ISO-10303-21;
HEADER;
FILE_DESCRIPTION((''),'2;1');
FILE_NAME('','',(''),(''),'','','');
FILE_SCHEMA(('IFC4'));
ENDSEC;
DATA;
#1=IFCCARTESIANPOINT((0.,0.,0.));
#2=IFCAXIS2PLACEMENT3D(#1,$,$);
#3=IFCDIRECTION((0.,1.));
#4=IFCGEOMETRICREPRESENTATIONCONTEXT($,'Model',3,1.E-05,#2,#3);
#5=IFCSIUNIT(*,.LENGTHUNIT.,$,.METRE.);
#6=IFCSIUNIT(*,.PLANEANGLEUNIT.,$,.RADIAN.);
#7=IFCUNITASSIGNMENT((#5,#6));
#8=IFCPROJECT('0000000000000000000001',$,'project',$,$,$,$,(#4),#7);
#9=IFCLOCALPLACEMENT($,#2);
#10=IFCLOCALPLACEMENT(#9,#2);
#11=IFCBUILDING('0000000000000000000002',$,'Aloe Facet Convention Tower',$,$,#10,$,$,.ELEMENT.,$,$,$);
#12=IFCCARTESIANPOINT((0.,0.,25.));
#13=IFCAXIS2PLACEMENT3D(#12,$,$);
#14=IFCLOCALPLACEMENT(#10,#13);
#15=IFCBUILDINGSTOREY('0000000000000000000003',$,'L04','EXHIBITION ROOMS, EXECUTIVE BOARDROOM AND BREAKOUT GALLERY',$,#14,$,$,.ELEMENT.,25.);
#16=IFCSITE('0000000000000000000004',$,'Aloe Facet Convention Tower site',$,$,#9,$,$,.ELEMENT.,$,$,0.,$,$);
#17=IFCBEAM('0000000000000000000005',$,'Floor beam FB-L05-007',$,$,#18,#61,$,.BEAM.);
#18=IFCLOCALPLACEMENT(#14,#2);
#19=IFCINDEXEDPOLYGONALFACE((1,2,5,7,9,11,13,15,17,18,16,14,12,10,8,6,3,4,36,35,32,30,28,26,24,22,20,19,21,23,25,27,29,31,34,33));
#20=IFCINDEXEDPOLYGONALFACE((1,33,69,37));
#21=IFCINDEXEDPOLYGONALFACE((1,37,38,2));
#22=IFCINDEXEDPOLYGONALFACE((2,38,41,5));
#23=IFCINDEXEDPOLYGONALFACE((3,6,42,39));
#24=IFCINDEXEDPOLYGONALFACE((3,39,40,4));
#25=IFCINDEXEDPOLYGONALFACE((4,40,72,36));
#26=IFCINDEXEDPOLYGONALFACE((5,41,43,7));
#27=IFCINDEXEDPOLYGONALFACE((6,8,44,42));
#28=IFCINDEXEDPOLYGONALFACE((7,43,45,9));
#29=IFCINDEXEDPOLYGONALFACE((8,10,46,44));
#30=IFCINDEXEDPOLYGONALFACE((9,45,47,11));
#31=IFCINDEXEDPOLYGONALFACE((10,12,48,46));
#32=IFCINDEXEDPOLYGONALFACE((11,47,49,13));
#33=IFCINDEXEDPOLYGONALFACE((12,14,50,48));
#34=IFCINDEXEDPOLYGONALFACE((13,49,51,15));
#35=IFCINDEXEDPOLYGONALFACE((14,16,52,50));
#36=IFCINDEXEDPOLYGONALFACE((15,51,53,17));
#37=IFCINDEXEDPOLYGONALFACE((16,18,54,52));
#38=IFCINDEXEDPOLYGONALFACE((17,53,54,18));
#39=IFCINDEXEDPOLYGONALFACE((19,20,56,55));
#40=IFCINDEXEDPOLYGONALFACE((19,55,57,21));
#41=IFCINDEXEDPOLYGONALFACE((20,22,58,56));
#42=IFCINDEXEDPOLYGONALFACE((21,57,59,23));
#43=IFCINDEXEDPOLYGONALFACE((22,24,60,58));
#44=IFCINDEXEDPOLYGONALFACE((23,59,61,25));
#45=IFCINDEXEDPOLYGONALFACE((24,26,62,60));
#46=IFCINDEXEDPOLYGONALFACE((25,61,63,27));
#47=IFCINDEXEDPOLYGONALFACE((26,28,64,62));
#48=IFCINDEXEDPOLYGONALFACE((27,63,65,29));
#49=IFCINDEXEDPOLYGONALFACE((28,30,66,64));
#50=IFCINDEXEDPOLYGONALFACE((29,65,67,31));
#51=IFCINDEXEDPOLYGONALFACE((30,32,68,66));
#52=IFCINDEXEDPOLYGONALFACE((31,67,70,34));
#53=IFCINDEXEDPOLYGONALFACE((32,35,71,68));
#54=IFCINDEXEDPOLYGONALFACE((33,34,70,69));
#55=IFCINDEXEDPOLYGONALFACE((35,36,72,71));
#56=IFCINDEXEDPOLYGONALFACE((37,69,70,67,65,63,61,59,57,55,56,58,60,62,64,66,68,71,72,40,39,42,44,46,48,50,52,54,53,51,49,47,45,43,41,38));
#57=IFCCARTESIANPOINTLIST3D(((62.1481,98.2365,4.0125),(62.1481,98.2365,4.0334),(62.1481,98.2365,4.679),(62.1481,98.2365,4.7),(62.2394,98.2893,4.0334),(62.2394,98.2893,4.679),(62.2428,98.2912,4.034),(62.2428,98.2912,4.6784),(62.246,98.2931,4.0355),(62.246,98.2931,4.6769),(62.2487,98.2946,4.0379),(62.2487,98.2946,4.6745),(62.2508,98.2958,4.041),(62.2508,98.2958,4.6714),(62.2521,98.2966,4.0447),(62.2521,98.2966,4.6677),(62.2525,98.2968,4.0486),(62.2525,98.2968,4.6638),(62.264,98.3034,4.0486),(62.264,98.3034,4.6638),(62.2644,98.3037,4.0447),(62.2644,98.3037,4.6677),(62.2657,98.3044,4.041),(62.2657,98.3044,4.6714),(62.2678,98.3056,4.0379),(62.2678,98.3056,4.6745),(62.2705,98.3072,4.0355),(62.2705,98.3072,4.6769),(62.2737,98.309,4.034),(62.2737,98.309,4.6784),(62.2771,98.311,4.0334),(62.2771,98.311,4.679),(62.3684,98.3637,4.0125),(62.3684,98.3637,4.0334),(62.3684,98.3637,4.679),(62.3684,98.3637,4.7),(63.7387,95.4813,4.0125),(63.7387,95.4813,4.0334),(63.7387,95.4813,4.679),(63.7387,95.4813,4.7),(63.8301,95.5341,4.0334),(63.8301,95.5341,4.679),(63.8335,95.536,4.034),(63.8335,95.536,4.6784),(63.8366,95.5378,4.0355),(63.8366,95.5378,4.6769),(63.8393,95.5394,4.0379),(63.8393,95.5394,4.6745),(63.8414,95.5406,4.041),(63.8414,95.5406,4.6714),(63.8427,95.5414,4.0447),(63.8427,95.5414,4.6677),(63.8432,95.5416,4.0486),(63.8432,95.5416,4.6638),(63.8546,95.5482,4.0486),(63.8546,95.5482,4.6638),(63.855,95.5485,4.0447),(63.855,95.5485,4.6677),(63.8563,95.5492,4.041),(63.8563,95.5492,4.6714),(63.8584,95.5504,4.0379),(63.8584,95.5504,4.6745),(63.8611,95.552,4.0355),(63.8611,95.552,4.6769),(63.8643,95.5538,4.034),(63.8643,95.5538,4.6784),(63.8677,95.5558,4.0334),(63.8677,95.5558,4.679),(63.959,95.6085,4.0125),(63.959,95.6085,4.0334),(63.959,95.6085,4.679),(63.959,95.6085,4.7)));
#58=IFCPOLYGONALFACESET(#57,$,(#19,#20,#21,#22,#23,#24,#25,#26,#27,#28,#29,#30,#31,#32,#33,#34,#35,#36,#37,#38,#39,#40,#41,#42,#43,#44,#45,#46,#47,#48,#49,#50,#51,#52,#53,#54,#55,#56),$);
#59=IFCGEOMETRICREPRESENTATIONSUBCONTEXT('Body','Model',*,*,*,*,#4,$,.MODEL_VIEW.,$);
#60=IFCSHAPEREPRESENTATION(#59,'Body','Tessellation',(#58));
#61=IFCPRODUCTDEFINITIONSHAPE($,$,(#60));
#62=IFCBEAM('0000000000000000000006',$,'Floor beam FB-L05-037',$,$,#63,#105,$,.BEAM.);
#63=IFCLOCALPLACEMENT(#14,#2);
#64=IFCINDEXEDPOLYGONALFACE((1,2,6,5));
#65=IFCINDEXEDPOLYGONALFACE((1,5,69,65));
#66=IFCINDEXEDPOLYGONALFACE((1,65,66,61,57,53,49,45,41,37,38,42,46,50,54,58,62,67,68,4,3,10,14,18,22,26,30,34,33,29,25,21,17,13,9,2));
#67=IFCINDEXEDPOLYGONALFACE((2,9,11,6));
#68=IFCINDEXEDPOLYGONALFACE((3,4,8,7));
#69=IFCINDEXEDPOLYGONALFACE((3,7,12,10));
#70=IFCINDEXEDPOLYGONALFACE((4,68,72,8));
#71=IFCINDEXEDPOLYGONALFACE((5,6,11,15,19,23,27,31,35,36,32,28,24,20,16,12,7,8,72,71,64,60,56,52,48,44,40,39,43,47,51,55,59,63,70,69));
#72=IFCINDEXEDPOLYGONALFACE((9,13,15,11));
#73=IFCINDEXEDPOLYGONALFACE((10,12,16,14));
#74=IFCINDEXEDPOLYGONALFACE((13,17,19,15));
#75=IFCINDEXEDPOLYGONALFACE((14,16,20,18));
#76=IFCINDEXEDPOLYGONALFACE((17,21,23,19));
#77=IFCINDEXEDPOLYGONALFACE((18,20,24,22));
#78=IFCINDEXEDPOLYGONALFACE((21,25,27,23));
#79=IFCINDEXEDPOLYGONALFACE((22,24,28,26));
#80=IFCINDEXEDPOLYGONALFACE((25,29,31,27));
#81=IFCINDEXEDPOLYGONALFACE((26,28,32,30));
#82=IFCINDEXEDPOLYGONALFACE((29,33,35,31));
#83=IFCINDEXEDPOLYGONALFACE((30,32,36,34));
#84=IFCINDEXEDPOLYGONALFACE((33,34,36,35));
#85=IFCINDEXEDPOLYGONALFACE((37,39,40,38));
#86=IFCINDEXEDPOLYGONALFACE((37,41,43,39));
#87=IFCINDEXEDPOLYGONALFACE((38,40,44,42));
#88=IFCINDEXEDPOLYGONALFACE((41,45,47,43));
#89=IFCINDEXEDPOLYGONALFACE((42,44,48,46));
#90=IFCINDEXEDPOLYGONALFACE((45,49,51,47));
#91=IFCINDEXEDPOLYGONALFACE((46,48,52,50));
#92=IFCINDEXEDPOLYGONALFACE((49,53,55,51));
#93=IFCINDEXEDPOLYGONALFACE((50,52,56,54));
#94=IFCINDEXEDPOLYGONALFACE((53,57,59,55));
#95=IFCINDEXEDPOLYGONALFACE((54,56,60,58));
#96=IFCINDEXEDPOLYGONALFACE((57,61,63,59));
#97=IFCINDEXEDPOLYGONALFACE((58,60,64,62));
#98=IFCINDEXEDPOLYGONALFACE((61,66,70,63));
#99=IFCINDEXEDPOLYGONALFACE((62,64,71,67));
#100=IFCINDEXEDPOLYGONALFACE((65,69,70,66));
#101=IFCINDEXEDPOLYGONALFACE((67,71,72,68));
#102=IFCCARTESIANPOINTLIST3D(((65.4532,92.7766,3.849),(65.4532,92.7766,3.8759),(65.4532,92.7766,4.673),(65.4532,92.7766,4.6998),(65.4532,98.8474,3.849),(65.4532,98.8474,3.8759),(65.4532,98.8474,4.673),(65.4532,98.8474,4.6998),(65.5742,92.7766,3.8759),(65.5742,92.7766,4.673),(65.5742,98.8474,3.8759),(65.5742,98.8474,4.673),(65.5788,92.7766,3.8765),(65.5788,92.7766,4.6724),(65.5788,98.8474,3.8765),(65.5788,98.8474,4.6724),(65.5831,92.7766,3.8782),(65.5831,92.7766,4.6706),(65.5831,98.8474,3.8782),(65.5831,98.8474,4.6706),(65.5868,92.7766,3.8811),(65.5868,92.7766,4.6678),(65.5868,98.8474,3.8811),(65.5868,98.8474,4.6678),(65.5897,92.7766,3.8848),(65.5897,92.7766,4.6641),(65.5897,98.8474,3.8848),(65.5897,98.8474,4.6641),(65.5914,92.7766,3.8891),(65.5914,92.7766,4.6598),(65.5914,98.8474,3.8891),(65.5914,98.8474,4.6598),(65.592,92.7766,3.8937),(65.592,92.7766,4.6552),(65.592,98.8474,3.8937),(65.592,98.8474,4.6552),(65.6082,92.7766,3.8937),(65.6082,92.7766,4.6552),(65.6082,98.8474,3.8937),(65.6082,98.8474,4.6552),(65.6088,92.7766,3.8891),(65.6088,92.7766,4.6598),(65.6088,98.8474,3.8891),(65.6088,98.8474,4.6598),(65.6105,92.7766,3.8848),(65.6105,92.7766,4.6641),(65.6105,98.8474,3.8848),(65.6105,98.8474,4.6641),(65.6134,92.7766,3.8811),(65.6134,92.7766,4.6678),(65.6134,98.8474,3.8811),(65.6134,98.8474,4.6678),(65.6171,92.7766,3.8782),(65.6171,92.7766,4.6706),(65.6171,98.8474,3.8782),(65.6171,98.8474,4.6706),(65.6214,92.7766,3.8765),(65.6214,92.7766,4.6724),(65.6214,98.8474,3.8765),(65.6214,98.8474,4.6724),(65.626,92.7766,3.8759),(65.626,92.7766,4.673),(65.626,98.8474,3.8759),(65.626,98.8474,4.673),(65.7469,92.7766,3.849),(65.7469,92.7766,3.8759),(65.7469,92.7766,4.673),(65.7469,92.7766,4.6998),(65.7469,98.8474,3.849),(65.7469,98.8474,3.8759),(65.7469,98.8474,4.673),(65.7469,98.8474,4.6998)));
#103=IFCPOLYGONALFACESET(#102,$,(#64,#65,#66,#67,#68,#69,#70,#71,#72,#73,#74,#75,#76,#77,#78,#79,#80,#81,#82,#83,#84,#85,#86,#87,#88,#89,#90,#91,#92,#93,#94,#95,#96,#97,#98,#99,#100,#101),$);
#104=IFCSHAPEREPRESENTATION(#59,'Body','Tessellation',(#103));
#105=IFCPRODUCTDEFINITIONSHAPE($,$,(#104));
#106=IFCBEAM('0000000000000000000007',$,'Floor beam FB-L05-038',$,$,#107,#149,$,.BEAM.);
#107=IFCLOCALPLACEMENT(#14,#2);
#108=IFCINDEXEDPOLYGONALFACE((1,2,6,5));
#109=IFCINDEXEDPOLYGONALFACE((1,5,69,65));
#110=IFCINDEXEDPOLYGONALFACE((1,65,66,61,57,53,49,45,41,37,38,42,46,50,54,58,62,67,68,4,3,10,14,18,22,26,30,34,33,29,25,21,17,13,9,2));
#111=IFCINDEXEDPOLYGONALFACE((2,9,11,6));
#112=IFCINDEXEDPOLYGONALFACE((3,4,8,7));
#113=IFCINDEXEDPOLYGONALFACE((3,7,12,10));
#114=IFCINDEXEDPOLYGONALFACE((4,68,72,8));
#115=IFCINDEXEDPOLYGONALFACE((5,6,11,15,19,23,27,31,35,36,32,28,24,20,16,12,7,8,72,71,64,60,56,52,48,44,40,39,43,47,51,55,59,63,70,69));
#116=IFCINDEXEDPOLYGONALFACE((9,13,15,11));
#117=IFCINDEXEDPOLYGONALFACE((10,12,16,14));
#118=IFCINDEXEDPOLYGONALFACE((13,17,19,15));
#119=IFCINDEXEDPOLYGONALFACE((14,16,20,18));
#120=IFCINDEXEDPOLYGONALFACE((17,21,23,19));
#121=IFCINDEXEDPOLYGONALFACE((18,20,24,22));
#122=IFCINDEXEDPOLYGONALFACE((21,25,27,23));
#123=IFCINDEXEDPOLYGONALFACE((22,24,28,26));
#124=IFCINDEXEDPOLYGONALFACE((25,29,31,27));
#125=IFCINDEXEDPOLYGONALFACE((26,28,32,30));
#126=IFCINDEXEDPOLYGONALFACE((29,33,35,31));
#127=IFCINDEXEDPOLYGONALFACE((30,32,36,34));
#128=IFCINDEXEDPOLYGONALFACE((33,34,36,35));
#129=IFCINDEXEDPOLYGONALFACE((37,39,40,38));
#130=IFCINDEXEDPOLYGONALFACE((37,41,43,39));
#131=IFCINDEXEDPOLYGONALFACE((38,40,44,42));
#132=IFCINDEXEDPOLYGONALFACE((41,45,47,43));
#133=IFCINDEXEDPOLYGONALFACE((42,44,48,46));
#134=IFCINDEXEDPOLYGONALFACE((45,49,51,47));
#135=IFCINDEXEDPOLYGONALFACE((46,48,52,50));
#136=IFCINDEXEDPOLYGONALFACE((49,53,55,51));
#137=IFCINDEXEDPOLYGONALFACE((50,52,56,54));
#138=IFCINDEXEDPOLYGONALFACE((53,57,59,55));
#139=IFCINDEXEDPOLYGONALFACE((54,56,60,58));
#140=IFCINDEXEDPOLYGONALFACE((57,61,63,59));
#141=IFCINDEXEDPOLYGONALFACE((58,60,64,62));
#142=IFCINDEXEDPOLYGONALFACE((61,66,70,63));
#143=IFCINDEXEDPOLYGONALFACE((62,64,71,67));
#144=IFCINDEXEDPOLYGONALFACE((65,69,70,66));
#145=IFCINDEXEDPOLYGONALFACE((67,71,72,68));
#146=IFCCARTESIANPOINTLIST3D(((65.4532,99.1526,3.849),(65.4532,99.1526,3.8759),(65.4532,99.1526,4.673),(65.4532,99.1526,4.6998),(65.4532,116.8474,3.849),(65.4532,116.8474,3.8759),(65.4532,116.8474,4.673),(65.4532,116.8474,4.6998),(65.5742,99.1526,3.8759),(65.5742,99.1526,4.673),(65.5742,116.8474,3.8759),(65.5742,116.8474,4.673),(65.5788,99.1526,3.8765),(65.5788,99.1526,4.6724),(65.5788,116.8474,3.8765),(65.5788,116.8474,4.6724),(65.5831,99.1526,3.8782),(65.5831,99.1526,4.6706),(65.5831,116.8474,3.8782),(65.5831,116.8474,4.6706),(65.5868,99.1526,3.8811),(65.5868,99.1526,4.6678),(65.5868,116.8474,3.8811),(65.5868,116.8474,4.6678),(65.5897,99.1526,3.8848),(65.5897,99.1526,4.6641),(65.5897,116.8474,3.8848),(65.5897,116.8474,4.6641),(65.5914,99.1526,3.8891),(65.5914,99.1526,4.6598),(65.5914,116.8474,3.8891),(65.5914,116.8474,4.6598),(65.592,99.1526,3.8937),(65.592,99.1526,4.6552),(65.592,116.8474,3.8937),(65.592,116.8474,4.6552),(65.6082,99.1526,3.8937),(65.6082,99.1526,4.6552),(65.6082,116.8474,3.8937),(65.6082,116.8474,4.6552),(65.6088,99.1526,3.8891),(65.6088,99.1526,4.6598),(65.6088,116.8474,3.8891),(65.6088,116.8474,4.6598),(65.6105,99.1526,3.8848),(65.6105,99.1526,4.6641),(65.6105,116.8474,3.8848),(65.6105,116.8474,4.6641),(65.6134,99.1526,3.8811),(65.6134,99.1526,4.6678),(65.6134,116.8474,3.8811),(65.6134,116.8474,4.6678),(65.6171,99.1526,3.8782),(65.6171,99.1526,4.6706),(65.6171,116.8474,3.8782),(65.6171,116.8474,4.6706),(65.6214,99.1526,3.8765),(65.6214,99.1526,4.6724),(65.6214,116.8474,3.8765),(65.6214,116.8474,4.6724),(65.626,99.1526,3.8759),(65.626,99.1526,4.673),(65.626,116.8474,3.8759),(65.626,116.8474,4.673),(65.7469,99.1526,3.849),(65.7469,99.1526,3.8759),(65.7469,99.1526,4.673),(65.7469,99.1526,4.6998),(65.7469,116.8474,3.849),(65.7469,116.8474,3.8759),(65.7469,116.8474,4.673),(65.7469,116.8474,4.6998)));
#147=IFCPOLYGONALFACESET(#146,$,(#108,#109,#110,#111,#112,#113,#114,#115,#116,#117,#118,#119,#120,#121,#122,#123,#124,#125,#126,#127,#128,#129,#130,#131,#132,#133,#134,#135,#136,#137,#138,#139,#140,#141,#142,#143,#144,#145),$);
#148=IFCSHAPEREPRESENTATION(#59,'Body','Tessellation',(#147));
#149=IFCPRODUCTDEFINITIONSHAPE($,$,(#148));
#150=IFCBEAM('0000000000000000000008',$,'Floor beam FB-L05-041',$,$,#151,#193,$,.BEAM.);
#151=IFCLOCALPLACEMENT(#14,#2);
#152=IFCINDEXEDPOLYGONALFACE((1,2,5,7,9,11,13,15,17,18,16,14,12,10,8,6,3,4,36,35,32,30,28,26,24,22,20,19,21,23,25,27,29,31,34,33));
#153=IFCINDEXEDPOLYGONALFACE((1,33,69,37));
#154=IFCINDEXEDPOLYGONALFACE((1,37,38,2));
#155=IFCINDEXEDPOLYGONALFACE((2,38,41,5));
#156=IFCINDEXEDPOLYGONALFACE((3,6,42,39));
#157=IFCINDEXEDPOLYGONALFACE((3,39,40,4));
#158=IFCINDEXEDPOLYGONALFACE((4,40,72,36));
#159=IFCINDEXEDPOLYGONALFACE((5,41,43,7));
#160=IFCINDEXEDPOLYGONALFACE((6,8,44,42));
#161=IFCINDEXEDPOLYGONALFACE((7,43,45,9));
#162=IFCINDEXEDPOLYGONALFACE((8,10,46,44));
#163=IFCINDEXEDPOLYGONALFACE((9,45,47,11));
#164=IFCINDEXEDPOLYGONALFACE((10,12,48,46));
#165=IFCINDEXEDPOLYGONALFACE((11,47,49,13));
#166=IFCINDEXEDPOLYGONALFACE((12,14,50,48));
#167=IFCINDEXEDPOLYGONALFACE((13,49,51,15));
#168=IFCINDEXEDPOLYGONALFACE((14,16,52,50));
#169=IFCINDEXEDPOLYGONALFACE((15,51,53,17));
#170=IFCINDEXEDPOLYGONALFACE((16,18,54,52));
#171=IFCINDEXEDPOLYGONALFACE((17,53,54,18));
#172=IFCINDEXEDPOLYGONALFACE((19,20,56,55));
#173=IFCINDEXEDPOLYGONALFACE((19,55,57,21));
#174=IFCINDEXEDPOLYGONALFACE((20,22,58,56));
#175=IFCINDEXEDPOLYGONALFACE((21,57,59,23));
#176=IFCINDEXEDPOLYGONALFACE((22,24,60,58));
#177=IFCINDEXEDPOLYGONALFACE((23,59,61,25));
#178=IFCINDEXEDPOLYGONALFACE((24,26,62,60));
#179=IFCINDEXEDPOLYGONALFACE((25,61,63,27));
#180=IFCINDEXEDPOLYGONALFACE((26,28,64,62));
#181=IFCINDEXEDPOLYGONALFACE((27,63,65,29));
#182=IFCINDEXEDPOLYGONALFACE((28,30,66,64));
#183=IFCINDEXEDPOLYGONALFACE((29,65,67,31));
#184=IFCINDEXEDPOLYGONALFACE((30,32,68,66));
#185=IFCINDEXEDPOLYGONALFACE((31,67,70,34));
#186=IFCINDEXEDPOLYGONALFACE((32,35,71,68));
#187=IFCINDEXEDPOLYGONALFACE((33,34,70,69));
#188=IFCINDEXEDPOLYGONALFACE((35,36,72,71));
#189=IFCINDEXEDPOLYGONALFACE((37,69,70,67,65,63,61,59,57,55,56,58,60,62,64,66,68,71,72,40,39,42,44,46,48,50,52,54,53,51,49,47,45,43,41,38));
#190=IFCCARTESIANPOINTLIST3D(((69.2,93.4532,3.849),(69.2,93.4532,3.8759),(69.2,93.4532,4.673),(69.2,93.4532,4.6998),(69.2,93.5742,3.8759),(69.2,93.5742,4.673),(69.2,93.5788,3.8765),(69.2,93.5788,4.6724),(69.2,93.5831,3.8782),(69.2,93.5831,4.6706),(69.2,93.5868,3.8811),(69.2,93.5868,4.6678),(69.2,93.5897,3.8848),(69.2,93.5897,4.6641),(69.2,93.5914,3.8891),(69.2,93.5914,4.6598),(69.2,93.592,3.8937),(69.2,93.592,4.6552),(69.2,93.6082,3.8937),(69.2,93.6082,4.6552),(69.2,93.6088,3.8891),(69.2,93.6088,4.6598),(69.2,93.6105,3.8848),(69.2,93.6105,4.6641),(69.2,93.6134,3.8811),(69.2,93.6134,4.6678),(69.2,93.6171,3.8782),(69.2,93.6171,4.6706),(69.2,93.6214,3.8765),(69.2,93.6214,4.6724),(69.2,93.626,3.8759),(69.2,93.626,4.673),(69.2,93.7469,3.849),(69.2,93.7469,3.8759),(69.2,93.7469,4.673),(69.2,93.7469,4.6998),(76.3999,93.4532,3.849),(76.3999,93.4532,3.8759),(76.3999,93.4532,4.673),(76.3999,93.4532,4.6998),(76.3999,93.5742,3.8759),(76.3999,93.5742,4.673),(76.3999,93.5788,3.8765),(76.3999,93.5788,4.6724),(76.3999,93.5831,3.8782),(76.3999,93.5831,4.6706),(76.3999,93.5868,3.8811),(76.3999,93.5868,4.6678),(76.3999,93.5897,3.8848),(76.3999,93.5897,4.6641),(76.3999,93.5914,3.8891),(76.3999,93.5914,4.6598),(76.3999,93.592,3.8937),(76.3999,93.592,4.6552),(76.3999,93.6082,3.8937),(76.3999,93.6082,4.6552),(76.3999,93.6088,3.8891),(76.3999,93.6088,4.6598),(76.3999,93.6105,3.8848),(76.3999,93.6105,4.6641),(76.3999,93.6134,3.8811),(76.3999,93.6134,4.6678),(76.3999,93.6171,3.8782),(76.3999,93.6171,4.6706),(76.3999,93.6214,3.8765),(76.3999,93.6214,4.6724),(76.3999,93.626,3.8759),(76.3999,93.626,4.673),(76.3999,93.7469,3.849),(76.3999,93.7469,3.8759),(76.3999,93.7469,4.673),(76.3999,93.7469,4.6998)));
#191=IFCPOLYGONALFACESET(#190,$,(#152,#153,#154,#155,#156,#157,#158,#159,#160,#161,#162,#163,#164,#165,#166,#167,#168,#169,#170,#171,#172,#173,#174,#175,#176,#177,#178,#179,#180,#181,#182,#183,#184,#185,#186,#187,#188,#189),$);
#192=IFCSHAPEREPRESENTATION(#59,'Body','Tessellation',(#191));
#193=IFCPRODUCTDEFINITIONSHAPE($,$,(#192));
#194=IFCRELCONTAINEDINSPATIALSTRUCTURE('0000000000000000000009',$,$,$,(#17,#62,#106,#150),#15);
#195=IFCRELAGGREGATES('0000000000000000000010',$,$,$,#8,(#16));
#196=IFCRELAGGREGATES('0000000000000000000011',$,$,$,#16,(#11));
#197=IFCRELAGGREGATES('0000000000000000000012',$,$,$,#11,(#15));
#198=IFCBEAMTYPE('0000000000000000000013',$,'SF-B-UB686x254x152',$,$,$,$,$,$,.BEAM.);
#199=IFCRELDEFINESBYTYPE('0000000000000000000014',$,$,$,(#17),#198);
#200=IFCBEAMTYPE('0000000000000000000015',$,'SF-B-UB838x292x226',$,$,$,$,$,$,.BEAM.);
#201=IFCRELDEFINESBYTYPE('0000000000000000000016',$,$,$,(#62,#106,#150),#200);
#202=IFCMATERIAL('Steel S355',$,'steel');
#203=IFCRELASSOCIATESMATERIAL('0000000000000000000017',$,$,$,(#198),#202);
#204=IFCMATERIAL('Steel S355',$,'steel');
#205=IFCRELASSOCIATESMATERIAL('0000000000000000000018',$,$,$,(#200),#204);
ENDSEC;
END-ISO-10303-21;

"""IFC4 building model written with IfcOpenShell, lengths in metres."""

from ifc_helpers import new_model, si_unit, direction, frame, origin, origin_2d, place, context, subcontext, project, spatial, i_section, extrude, material, material_profile, profile_set, type_object, element, save


model = new_model("IFC4")

# Units and contexts
model_context = context("Model", 3, precision=1e-05, world=origin(), true_north=direction((0.0, 1.0)))
body_context = subcontext(model_context, "Body", "Model", "MODEL_VIEW")
ifc_project = project(units=[si_unit("LENGTHUNIT", "METRE"), si_unit("PLANEANGLEUNIT", "RADIAN")], contexts=[model_context])

# Site, building, storey
site_placement = place(None, origin())
site = spatial("IfcSite", under=ifc_project, at=site_placement, Name="Aloe Facet Convention Tower site", CompositionType="ELEMENT", RefElevation=0.0)
building_placement = place(site_placement, origin())
building = spatial("IfcBuilding", under=site, at=building_placement, Name="Aloe Facet Convention Tower", CompositionType="ELEMENT")
storey_placement = place(building_placement, frame((0.0, 0.0, 25.0)))
storey = spatial("IfcBuildingStorey", under=building, at=storey_placement, Name="L04", Description="EXHIBITION ROOMS, EXECUTIVE BOARDROOM AND BREAKOUT GALLERY", CompositionType="ELEMENT", Elevation=25.0)

# Beams
ifc_material_1 = material(Name="Steel S355", Category="steel")
ifc_material_profile_1 = material_profile(ifc_material_1, i_section(OverallWidth=0.2544, OverallDepth=0.6875, WebThickness=0.0132, FlangeThickness=0.021, FilletRadius=0.0151, at=origin_2d()), Name="UB 686x254x152")
ifc_profile_set_1 = profile_set([ifc_material_profile_1], Name="Steel S355")
beam_type_1 = type_object("IfcBeamType", Name="SF-B-UB686x254x152", PredefinedType="BEAM", material=ifc_profile_set_1)
beam_1_placement = place(storey_placement, frame((63.8489, 95.5449, 4.3562), z_axis=(-0.499977, 0.866039, 0.0), x_axis=(-0.866039, -0.499977, 0.0)))
element("IfcBeam", 1, at=beam_1_placement, inside=storey, type_object=beam_type_1, Name="Floor beam FB-L05-007", PredefinedType="BEAM", context=body_context, shape_type="SweptSolid", body=[
    extrude(i_section(OverallWidth=0.2544, OverallDepth=0.6875, WebThickness=0.0132, FlangeThickness=0.021, FilletRadius=0.0151, at=origin_2d()), origin(), (0.0, 0.0, 1.0), 3.1814),
])
ifc_material_2 = material(Name="Steel S355", Category="steel")
ifc_material_profile_2 = material_profile(ifc_material_2, i_section(OverallWidth=0.2937, OverallDepth=0.8508, WebThickness=0.0161, FlangeThickness=0.0269, FilletRadius=0.0178, at=origin_2d()), Name="UB 838x292x226")
ifc_profile_set_2 = profile_set([ifc_material_profile_2], Name="Steel S355")
beam_type_2 = type_object("IfcBeamType", Name="SF-B-UB838x292x226", PredefinedType="BEAM", material=ifc_profile_set_2)
beam_2_placement = place(storey_placement, frame((65.6001, 92.7766, 4.2744), z_axis=(0.0, 1.0, 0.0), x_axis=(-1.0, 0.0, 0.0)))
element("IfcBeam", 2, at=beam_2_placement, inside=storey, type_object=beam_type_2, Name="Floor beam FB-L05-037", PredefinedType="BEAM", context=body_context, shape_type="SweptSolid", body=[
    extrude(i_section(OverallWidth=0.2937, OverallDepth=0.8508, WebThickness=0.0161, FlangeThickness=0.0269, FilletRadius=0.0178, at=origin_2d()), origin(), (0.0, 0.0, 1.0), 6.0708),
])
beam_3_placement = place(storey_placement, frame((65.6001, 99.1526, 4.2744), z_axis=(0.0, 1.0, 0.0), x_axis=(-1.0, 0.0, 0.0)))
element("IfcBeam", 3, at=beam_3_placement, inside=storey, type_object=beam_type_2, Name="Floor beam FB-L05-038", PredefinedType="BEAM", context=body_context, shape_type="SweptSolid", body=[
    extrude(i_section(OverallWidth=0.2937, OverallDepth=0.8508, WebThickness=0.0161, FlangeThickness=0.0269, FilletRadius=0.0178, at=origin_2d()), origin(), (0.0, 0.0, 1.0), 17.6948),
])
beam_4_placement = place(storey_placement, frame((69.2, 93.6001, 4.2744), z_axis=(1.0, 0.0, 0.0), x_axis=(0.0, 1.0, 0.0)))
element("IfcBeam", 4, at=beam_4_placement, inside=storey, type_object=beam_type_2, Name="Floor beam FB-L05-041", PredefinedType="BEAM", context=body_context, shape_type="SweptSolid", body=[
    extrude(i_section(OverallWidth=0.2937, OverallDepth=0.8508, WebThickness=0.0161, FlangeThickness=0.0269, FilletRadius=0.0178, at=origin_2d()), origin(), (0.0, 0.0, 1.0), 7.2),
])

save(model, "model.ifc")
